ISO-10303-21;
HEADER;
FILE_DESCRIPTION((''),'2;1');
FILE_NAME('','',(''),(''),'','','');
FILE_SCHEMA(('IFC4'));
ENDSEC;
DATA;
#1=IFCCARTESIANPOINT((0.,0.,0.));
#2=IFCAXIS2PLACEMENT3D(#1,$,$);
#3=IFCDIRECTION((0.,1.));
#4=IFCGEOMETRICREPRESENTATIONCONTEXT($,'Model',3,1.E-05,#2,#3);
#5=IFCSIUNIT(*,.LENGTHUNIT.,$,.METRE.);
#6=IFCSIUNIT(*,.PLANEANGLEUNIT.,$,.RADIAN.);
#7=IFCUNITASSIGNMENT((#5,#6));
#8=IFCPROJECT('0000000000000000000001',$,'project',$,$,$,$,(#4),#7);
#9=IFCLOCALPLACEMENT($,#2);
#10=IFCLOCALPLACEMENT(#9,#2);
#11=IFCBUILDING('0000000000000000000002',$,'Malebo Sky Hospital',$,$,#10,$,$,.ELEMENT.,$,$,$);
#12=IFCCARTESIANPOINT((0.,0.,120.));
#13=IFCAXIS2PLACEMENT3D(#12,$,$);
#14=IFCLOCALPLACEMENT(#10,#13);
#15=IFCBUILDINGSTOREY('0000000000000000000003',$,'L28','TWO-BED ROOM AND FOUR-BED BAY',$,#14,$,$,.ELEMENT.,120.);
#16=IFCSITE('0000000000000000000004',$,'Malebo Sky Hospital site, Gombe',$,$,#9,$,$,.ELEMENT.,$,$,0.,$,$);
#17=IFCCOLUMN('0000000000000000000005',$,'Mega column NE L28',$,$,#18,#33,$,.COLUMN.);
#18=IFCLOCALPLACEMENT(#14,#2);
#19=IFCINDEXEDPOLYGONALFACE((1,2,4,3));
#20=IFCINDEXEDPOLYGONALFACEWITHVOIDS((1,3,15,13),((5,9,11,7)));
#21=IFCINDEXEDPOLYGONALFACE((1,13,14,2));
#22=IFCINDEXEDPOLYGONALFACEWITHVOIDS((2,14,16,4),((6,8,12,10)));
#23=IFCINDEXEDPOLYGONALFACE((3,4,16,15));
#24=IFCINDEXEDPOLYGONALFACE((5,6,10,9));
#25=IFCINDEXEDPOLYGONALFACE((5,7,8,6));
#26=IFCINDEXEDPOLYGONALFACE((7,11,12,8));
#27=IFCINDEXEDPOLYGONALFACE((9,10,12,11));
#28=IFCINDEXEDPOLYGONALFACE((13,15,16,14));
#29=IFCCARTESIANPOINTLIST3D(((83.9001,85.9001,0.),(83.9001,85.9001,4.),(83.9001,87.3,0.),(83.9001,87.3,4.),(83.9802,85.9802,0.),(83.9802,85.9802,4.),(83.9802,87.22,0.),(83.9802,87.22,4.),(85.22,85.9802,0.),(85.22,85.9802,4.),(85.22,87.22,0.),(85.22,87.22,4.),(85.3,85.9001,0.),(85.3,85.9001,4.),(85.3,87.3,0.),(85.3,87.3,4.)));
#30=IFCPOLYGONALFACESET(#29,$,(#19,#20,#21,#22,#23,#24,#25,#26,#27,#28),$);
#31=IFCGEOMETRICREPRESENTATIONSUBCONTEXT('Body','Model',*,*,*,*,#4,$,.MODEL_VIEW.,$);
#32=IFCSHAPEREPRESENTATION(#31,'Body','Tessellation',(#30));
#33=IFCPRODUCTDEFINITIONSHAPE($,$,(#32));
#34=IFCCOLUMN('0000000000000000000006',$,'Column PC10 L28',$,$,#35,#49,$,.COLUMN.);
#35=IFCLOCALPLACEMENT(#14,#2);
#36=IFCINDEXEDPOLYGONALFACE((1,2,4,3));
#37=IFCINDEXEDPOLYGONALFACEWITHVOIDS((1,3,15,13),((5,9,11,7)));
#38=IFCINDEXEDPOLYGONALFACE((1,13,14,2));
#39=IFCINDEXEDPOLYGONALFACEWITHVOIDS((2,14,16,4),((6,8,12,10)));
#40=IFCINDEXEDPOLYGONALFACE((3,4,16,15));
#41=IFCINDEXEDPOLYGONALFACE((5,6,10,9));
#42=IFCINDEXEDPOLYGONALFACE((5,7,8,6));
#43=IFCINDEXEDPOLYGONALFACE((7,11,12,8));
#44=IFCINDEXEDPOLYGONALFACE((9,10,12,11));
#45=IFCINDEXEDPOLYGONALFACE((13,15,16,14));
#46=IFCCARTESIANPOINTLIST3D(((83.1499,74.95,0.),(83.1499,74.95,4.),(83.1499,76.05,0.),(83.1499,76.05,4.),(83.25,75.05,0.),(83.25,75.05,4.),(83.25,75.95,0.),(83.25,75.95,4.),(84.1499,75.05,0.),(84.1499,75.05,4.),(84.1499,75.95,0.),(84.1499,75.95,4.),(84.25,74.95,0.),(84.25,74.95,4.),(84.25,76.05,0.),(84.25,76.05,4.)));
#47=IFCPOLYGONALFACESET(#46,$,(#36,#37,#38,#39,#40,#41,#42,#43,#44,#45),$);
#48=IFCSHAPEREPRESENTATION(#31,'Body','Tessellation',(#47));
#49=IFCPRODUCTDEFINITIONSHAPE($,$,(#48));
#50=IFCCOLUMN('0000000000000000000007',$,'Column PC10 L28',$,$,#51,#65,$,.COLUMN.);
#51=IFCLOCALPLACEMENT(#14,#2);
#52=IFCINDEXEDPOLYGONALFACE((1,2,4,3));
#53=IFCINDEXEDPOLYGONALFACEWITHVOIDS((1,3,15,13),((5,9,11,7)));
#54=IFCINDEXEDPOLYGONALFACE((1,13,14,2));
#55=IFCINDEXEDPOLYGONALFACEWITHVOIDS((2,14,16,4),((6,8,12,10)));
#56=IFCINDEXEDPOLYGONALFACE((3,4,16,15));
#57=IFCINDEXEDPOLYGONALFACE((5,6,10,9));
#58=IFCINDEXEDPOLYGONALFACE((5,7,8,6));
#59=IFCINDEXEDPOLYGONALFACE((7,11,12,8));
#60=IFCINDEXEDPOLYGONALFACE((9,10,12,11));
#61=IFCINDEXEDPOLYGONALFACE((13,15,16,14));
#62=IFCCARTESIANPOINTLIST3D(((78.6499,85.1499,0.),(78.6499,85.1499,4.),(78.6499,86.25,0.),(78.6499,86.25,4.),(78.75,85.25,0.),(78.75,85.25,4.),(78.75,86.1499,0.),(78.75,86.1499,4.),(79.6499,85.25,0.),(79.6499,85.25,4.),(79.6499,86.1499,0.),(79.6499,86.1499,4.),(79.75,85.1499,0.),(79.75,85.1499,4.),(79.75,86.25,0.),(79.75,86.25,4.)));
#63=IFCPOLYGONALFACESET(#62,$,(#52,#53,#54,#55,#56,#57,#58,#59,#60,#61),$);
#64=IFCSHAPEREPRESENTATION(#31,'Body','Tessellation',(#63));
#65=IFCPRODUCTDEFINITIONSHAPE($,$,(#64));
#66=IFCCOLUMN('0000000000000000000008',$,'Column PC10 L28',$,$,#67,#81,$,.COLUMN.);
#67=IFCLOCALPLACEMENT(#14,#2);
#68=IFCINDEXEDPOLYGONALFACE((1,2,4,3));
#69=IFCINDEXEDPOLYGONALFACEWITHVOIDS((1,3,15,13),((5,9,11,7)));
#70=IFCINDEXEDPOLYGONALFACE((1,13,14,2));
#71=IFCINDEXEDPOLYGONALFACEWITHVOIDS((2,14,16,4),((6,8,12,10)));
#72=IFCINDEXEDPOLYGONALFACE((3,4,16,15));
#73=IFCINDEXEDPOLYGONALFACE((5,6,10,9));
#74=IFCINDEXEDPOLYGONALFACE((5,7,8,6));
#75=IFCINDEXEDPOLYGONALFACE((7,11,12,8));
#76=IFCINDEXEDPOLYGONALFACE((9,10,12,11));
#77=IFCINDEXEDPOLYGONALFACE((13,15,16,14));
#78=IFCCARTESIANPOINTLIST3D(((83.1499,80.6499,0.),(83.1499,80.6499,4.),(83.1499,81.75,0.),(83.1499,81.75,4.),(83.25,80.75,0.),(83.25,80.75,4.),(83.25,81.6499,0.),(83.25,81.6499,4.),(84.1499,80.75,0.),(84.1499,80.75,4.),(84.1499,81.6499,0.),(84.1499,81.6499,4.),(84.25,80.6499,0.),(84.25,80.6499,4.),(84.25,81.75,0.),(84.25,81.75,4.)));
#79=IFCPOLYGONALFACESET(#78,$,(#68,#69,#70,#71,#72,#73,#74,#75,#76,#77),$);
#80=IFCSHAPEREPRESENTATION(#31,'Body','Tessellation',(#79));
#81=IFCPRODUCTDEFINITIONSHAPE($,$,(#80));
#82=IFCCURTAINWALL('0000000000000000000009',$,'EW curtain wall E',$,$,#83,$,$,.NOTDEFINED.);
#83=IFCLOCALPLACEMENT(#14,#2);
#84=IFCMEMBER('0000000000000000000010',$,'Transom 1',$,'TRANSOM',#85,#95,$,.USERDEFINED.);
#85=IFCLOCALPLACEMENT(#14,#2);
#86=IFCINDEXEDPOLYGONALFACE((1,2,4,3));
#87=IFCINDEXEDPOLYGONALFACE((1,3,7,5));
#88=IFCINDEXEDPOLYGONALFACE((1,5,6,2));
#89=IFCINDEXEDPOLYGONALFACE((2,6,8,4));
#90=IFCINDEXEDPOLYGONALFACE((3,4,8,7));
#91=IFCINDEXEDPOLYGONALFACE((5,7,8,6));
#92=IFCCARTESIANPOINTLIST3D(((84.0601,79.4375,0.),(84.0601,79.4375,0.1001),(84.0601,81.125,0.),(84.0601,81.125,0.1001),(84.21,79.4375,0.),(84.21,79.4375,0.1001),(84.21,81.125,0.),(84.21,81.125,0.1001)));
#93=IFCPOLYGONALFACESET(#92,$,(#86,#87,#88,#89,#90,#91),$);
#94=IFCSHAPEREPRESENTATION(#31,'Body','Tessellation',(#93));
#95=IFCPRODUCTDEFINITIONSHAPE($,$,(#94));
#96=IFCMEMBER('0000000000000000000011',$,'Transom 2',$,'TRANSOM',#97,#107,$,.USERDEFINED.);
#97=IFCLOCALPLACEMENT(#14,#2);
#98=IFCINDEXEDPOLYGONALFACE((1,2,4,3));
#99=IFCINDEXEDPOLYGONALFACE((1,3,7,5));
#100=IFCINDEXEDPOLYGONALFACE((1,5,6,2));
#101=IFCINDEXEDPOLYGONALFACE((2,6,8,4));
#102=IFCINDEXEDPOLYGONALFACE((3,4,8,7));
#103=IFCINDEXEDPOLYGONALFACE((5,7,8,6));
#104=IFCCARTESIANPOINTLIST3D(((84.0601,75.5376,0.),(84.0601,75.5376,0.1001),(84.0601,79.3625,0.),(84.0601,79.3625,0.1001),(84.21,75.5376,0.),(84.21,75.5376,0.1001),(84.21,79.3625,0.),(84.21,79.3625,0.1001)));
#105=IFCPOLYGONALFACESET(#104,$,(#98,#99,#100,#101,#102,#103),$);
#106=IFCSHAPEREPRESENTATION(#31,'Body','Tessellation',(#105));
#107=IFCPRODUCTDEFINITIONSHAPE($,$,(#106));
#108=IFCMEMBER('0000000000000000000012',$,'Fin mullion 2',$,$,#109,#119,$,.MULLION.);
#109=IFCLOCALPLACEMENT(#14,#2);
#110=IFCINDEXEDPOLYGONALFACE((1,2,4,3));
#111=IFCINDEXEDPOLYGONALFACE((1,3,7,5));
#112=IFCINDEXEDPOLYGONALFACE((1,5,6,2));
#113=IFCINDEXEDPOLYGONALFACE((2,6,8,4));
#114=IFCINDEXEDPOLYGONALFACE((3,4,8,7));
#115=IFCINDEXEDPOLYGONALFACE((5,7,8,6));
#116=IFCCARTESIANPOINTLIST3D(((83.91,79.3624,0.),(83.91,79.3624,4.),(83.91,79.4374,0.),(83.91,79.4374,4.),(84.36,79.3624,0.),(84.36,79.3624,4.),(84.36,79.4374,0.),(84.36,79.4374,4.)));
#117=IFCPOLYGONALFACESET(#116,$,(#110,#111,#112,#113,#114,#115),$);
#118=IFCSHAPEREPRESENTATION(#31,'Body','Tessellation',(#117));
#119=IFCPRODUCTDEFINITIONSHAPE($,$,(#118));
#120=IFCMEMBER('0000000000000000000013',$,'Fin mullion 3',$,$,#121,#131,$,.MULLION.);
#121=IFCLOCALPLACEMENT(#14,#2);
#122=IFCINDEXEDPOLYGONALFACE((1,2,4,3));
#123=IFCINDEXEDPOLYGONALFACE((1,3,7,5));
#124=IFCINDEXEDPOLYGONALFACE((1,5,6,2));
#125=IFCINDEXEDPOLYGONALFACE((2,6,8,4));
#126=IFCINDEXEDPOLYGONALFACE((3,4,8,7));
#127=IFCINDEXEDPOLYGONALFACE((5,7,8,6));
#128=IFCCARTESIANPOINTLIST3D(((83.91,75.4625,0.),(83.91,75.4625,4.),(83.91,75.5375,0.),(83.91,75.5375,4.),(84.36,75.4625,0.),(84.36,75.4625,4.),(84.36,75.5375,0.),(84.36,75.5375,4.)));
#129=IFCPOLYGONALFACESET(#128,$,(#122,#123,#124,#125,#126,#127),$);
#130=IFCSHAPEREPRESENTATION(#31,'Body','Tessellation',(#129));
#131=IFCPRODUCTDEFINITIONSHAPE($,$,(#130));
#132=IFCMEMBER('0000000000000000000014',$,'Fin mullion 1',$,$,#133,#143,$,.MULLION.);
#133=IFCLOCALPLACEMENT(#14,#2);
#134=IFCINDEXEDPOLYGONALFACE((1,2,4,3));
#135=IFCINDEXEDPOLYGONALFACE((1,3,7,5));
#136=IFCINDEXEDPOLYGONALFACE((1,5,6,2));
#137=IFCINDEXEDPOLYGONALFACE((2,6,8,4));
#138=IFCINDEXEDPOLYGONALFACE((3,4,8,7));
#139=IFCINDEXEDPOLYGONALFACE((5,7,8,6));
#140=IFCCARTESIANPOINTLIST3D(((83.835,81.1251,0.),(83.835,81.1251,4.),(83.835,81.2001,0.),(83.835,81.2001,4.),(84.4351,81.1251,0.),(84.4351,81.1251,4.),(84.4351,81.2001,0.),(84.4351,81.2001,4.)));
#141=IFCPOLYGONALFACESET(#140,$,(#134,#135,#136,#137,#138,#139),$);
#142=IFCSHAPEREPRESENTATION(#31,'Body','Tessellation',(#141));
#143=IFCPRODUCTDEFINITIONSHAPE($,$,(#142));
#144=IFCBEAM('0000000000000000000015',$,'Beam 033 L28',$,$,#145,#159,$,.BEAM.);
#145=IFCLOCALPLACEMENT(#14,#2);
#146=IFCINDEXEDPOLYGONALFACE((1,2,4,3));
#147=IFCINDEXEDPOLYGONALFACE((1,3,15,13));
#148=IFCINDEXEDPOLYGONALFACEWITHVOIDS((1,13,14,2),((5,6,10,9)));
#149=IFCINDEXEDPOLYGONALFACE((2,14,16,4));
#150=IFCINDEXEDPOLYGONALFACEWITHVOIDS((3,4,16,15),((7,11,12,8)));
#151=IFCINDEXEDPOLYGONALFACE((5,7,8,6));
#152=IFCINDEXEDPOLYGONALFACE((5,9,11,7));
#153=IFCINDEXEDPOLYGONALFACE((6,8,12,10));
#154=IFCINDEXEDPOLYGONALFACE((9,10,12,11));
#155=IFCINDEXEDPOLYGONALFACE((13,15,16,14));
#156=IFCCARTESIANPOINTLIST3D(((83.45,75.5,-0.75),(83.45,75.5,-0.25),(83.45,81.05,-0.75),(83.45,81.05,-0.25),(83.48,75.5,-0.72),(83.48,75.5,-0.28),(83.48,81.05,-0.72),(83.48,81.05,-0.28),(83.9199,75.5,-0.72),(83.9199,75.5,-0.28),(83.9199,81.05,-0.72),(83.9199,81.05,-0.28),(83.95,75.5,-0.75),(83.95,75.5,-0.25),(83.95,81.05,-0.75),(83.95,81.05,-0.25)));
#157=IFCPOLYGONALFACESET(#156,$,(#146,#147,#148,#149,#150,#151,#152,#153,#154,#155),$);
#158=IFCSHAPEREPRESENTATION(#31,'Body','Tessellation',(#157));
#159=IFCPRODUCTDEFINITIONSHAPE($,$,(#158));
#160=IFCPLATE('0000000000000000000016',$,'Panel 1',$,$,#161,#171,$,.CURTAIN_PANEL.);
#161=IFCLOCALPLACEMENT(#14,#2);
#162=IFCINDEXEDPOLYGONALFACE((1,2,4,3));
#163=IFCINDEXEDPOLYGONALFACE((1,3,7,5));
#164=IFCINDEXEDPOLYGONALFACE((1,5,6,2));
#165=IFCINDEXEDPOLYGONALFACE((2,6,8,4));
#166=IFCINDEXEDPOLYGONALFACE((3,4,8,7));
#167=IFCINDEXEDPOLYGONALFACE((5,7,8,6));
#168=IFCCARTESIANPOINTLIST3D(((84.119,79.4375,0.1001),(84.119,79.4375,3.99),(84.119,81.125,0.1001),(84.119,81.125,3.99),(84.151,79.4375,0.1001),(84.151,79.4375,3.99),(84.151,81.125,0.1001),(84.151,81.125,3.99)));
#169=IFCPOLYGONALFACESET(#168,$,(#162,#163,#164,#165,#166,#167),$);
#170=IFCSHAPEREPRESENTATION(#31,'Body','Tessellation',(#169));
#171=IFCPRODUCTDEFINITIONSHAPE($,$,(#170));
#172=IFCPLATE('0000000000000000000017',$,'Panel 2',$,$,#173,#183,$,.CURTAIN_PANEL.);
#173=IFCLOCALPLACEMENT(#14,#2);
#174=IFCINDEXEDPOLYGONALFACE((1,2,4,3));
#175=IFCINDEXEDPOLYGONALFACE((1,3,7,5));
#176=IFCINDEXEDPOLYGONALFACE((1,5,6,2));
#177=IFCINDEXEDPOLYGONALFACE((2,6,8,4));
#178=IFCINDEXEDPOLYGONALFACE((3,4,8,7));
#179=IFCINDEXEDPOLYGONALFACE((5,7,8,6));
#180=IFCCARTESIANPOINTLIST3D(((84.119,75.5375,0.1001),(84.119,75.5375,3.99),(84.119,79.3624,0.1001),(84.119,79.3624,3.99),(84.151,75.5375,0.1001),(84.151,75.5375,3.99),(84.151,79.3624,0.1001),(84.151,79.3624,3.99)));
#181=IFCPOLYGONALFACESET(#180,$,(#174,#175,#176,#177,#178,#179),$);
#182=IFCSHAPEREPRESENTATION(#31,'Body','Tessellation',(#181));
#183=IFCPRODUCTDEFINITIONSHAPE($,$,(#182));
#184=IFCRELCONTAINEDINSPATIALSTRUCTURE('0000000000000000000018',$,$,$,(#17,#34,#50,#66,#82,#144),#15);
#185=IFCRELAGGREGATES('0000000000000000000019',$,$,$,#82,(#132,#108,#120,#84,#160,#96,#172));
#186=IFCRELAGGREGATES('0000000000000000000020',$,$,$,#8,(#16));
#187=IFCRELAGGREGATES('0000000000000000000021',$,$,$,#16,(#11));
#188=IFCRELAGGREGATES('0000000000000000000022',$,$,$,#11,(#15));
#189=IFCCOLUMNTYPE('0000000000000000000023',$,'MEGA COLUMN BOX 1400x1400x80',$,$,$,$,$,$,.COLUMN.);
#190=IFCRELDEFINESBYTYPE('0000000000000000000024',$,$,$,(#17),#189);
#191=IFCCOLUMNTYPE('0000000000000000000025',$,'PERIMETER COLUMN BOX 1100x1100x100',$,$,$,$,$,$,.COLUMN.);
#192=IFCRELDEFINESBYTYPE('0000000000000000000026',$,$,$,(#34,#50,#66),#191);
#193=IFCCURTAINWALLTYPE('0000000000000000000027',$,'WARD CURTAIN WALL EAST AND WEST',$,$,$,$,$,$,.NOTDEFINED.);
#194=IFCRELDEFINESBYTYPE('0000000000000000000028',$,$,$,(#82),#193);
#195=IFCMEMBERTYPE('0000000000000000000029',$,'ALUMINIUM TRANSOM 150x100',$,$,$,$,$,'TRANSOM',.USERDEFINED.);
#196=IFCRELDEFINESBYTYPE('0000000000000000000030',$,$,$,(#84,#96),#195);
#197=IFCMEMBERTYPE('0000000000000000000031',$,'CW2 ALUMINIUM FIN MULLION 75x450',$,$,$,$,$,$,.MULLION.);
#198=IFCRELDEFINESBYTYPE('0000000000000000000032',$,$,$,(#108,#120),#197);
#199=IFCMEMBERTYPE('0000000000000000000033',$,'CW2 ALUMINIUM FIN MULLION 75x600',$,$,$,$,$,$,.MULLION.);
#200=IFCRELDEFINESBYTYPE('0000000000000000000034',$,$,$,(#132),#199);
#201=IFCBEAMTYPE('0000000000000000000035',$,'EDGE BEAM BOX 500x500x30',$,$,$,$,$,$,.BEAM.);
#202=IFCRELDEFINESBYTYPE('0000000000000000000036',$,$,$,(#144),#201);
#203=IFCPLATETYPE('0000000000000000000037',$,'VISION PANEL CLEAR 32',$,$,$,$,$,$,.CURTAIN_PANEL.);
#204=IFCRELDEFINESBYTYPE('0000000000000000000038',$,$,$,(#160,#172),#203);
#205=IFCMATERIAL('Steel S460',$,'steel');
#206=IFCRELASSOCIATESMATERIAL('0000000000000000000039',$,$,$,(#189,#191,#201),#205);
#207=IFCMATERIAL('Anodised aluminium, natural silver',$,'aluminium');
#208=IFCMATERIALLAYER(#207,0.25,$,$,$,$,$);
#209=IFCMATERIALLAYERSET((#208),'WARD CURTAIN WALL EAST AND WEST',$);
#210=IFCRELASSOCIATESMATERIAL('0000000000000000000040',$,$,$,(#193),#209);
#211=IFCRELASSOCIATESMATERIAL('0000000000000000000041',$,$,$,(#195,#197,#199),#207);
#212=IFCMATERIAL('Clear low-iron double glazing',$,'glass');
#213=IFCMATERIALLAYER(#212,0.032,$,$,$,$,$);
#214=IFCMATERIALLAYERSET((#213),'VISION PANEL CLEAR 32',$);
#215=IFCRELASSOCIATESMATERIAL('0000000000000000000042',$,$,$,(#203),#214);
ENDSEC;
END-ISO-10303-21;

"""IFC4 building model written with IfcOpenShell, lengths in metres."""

from ifc_helpers import new_model, si_unit, direction, frame, origin, origin_2d, place, context, subcontext, project, spatial, rectangle, hollow_rectangle, extrude, material, layer, layer_set, material_profile, profile_set, type_object, element, aggregate, save


model = new_model("IFC4")

# Units and contexts
model_context = context("Model", 3, precision=1e-05, world=origin(), true_north=direction((0.0, 1.0)))
body_context = subcontext(model_context, "Body", "Model", "MODEL_VIEW")
ifc_project = project(units=[si_unit("LENGTHUNIT", "METRE"), si_unit("PLANEANGLEUNIT", "RADIAN")], contexts=[model_context])

# Site, building, storey
site_placement = place(None, origin())
site = spatial("IfcSite", under=ifc_project, at=site_placement, Name="Malebo Sky Hospital site, Gombe", CompositionType="ELEMENT", RefElevation=0.0)
building_placement = place(site_placement, origin())
building = spatial("IfcBuilding", under=site, at=building_placement, Name="Malebo Sky Hospital", CompositionType="ELEMENT")
storey_placement = place(building_placement, frame((0.0, 0.0, 120.0)))
storey = spatial("IfcBuildingStorey", under=building, at=storey_placement, Name="L28", Description="TWO-BED ROOM AND FOUR-BED BAY", CompositionType="ELEMENT", Elevation=120.0)

# Columns
ifc_material_1 = material(Name="Steel S460", Category="steel")
ifc_material_profile_1 = material_profile(ifc_material_1, hollow_rectangle(XDim=1.3999, YDim=1.3999, WallThickness=0.0801, at=origin_2d()), Name="BOX 1400x1400x80")
ifc_profile_set_1 = profile_set([ifc_material_profile_1], Name="Steel S460")
column_type_1 = type_object("IfcColumnType", Name="MEGA COLUMN BOX 1400x1400x80", PredefinedType="COLUMN", material=ifc_profile_set_1)
column_placement = place(storey_placement, frame((84.6001, 86.6001, 0.0), z_axis=(0.0, 0.0, 1.0), x_axis=(1.0, 0.0, 0.0)))
element("IfcColumn", 1, at=column_placement, inside=storey, type_object=column_type_1, Name="Mega column NE L28", PredefinedType="COLUMN", context=body_context, shape_type="SweptSolid", body=[
    extrude(hollow_rectangle(XDim=1.3999, YDim=1.3999, WallThickness=0.0801, at=origin_2d()), origin(), (0.0, 0.0, 1.0), 4.0),
])
ifc_material_profile_2 = material_profile(ifc_material_1, hollow_rectangle(XDim=1.1001, YDim=1.1001, WallThickness=0.1001, at=origin_2d()), Name="BOX 1100x1100x100")
ifc_profile_set_2 = profile_set([ifc_material_profile_2], Name="Steel S460")
column_type_2 = type_object("IfcColumnType", Name="PERIMETER COLUMN BOX 1100x1100x100", PredefinedType="COLUMN", material=ifc_profile_set_2)
for number, where, z_axis, x_axis, name in (
    (2, (83.7, 75.5, 0.0), (0.0, 0.0, 1.0), (1.0, 0.0, 0.0), "Column PC10 L28"),
    (3, (79.2, 85.7, 0.0), (0.0, 0.0, 1.0), (1.0, 0.0, 0.0), "Column PC10 L28"),
    (4, (83.7, 81.2, 0.0), (0.0, 0.0, 1.0), (1.0, 0.0, 0.0), "Column PC10 L28"),
):
    element("IfcColumn", number, at=place(storey_placement, frame(where, z_axis=z_axis, x_axis=x_axis)), inside=storey, type_object=column_type_2, Name=name, PredefinedType="COLUMN", context=body_context, shape_type="SweptSolid", body=[
        extrude(hollow_rectangle(XDim=1.1001, YDim=1.1001, WallThickness=0.1001, at=origin_2d()), origin(), (0.0, 0.0, 1.0), 4.0),
    ])

# Curtain wall, members
ifc_material_2 = material(Name="Anodised aluminium, natural silver", Category="aluminium")
ifc_layer_1 = layer(ifc_material_2, 0.25)
ifc_layer_set_1 = layer_set([ifc_layer_1], Name="WARD CURTAIN WALL EAST AND WEST")
curtain_wall_type = type_object("IfcCurtainWallType", Name="WARD CURTAIN WALL EAST AND WEST", PredefinedType="NOTDEFINED", material=ifc_layer_set_1)
curtain_wall_placement = place(storey_placement, origin())
curtain_wall = element("IfcCurtainWall", 5, at=curtain_wall_placement, inside=storey, type_object=curtain_wall_type, Name="EW curtain wall E", PredefinedType="NOTDEFINED")
ifc_material_profile_3 = material_profile(ifc_material_2, rectangle(XDim=0.1499, YDim=0.1001, at=origin_2d()), Name="ALUMINIUM TRANSOM 150x100")
ifc_profile_set_3 = profile_set([ifc_material_profile_3], Name="Anodised aluminium, natural silver")
member_type_1 = type_object("IfcMemberType", Name="ALUMINIUM TRANSOM 150x100", ElementType="TRANSOM", PredefinedType="USERDEFINED", material=ifc_profile_set_3)
member_1_placement = place(storey_placement, frame((84.135, 81.125, 0.05), z_axis=(0.0, -1.0, 0.0), x_axis=(1.0, 0.0, 0.0)))
member_1 = element("IfcMember", 6, at=member_1_placement, type_object=member_type_1, Name="Transom 1", ObjectType="TRANSOM", PredefinedType="USERDEFINED", context=body_context, shape_type="SweptSolid", body=[
    extrude(rectangle(XDim=0.1499, YDim=0.1001, at=origin_2d()), origin(), (0.0, 0.0, 1.0), 1.6875),
])
member_2_placement = place(storey_placement, frame((84.135, 79.3625, 0.05), z_axis=(0.0, -1.0, 0.0), x_axis=(1.0, 0.0, 0.0)))
member_2 = element("IfcMember", 7, at=member_2_placement, type_object=member_type_1, Name="Transom 2", ObjectType="TRANSOM", PredefinedType="USERDEFINED", context=body_context, shape_type="SweptSolid", body=[
    extrude(rectangle(XDim=0.1499, YDim=0.1001, at=origin_2d()), origin(), (0.0, 0.0, 1.0), 3.825),
])
ifc_material_profile_4 = material_profile(ifc_material_2, rectangle(XDim=0.075, YDim=0.45, at=origin_2d()), Name="CW2 ALUMINIUM FIN MULLION 75x450")
ifc_profile_set_4 = profile_set([ifc_material_profile_4], Name="Anodised aluminium, natural silver")
member_type_2 = type_object("IfcMemberType", Name="CW2 ALUMINIUM FIN MULLION 75x450", PredefinedType="MULLION", material=ifc_profile_set_4)
member_3_placement = place(storey_placement, frame((84.135, 79.3999, 0.0), z_axis=(0.0, 0.0, 1.0), x_axis=(0.0, -1.0, 0.0)))
member_3 = element("IfcMember", 8, at=member_3_placement, type_object=member_type_2, Name="Fin mullion 2", PredefinedType="MULLION", context=body_context, shape_type="SweptSolid", body=[
    extrude(rectangle(XDim=0.075, YDim=0.45, at=origin_2d()), origin(), (0.0, 0.0, 1.0), 4.0),
])
member_4_placement = place(storey_placement, frame((84.135, 75.5, 0.0), z_axis=(0.0, 0.0, 1.0), x_axis=(0.0, -1.0, 0.0)))
member_4 = element("IfcMember", 9, at=member_4_placement, type_object=member_type_2, Name="Fin mullion 3", PredefinedType="MULLION", context=body_context, shape_type="SweptSolid", body=[
    extrude(rectangle(XDim=0.075, YDim=0.45, at=origin_2d()), origin(), (0.0, 0.0, 1.0), 4.0),
])
ifc_material_profile_5 = material_profile(ifc_material_2, rectangle(XDim=0.075, YDim=0.6001, at=origin_2d()), Name="CW2 ALUMINIUM FIN MULLION 75x600")
ifc_profile_set_5 = profile_set([ifc_material_profile_5], Name="Anodised aluminium, natural silver")
member_type_3 = type_object("IfcMemberType", Name="CW2 ALUMINIUM FIN MULLION 75x600", PredefinedType="MULLION", material=ifc_profile_set_5)
member_5_placement = place(storey_placement, frame((84.135, 81.1626, 0.0), z_axis=(0.0, 0.0, 1.0), x_axis=(0.0, -1.0, 0.0)))
member_5 = element("IfcMember", 10, at=member_5_placement, type_object=member_type_3, Name="Fin mullion 1", PredefinedType="MULLION", context=body_context, shape_type="SweptSolid", body=[
    extrude(rectangle(XDim=0.075, YDim=0.6001, at=origin_2d()), origin(), (0.0, 0.0, 1.0), 4.0),
])

# Beam
ifc_material_profile_6 = material_profile(ifc_material_1, hollow_rectangle(XDim=0.5, YDim=0.5, WallThickness=0.03, at=origin_2d()), Name="BOX 500x500x30")
ifc_profile_set_6 = profile_set([ifc_material_profile_6], Name="Steel S460")
beam_type = type_object("IfcBeamType", Name="EDGE BEAM BOX 500x500x30", PredefinedType="BEAM", material=ifc_profile_set_6)
beam_placement = place(storey_placement, frame((83.7, 75.5, -0.5), z_axis=(0.0, 1.0, 0.0), x_axis=(-1.0, 0.0, 0.0)))
element("IfcBeam", 11, at=beam_placement, inside=storey, type_object=beam_type, Name="Beam 033 L28", PredefinedType="BEAM", context=body_context, shape_type="SweptSolid", body=[
    extrude(hollow_rectangle(XDim=0.5, YDim=0.5, WallThickness=0.03, at=origin_2d()), origin(), (0.0, 0.0, 1.0), 5.55),
])

# Plates
ifc_material_3 = material(Name="Clear low-iron double glazing", Category="glass")
ifc_layer_2 = layer(ifc_material_3, 0.032)
ifc_layer_set_2 = layer_set([ifc_layer_2], Name="VISION PANEL CLEAR 32")
plate_type = type_object("IfcPlateType", Name="VISION PANEL CLEAR 32", PredefinedType="CURTAIN_PANEL", material=ifc_layer_set_2)
plate_1_placement = place(storey_placement, frame((84.135, 80.2812, 0.1001), z_axis=(0.0, 0.0, 1.0), x_axis=(0.0, -1.0, 0.0)))
plate_1 = element("IfcPlate", 12, at=plate_1_placement, type_object=plate_type, Name="Panel 1", PredefinedType="CURTAIN_PANEL", context=body_context, shape_type="SweptSolid", body=[
    extrude(rectangle(XDim=1.6875, YDim=0.032, at=origin_2d()), origin(), (0.0, 0.0, 1.0), 3.8899),
])
plate_2_placement = place(storey_placement, frame((84.135, 77.45, 0.1001), z_axis=(0.0, 0.0, 1.0), x_axis=(0.0, -1.0, 0.0)))
plate_2 = element("IfcPlate", 13, at=plate_2_placement, type_object=plate_type, Name="Panel 2", PredefinedType="CURTAIN_PANEL", context=body_context, shape_type="SweptSolid", body=[
    extrude(rectangle(XDim=3.825, YDim=0.032, at=origin_2d()), origin(), (0.0, 0.0, 1.0), 3.8899),
])
aggregate(curtain_wall, [member_5, member_3, member_4, member_1, plate_1, member_2, plate_2])

save(model, "model.ifc")
